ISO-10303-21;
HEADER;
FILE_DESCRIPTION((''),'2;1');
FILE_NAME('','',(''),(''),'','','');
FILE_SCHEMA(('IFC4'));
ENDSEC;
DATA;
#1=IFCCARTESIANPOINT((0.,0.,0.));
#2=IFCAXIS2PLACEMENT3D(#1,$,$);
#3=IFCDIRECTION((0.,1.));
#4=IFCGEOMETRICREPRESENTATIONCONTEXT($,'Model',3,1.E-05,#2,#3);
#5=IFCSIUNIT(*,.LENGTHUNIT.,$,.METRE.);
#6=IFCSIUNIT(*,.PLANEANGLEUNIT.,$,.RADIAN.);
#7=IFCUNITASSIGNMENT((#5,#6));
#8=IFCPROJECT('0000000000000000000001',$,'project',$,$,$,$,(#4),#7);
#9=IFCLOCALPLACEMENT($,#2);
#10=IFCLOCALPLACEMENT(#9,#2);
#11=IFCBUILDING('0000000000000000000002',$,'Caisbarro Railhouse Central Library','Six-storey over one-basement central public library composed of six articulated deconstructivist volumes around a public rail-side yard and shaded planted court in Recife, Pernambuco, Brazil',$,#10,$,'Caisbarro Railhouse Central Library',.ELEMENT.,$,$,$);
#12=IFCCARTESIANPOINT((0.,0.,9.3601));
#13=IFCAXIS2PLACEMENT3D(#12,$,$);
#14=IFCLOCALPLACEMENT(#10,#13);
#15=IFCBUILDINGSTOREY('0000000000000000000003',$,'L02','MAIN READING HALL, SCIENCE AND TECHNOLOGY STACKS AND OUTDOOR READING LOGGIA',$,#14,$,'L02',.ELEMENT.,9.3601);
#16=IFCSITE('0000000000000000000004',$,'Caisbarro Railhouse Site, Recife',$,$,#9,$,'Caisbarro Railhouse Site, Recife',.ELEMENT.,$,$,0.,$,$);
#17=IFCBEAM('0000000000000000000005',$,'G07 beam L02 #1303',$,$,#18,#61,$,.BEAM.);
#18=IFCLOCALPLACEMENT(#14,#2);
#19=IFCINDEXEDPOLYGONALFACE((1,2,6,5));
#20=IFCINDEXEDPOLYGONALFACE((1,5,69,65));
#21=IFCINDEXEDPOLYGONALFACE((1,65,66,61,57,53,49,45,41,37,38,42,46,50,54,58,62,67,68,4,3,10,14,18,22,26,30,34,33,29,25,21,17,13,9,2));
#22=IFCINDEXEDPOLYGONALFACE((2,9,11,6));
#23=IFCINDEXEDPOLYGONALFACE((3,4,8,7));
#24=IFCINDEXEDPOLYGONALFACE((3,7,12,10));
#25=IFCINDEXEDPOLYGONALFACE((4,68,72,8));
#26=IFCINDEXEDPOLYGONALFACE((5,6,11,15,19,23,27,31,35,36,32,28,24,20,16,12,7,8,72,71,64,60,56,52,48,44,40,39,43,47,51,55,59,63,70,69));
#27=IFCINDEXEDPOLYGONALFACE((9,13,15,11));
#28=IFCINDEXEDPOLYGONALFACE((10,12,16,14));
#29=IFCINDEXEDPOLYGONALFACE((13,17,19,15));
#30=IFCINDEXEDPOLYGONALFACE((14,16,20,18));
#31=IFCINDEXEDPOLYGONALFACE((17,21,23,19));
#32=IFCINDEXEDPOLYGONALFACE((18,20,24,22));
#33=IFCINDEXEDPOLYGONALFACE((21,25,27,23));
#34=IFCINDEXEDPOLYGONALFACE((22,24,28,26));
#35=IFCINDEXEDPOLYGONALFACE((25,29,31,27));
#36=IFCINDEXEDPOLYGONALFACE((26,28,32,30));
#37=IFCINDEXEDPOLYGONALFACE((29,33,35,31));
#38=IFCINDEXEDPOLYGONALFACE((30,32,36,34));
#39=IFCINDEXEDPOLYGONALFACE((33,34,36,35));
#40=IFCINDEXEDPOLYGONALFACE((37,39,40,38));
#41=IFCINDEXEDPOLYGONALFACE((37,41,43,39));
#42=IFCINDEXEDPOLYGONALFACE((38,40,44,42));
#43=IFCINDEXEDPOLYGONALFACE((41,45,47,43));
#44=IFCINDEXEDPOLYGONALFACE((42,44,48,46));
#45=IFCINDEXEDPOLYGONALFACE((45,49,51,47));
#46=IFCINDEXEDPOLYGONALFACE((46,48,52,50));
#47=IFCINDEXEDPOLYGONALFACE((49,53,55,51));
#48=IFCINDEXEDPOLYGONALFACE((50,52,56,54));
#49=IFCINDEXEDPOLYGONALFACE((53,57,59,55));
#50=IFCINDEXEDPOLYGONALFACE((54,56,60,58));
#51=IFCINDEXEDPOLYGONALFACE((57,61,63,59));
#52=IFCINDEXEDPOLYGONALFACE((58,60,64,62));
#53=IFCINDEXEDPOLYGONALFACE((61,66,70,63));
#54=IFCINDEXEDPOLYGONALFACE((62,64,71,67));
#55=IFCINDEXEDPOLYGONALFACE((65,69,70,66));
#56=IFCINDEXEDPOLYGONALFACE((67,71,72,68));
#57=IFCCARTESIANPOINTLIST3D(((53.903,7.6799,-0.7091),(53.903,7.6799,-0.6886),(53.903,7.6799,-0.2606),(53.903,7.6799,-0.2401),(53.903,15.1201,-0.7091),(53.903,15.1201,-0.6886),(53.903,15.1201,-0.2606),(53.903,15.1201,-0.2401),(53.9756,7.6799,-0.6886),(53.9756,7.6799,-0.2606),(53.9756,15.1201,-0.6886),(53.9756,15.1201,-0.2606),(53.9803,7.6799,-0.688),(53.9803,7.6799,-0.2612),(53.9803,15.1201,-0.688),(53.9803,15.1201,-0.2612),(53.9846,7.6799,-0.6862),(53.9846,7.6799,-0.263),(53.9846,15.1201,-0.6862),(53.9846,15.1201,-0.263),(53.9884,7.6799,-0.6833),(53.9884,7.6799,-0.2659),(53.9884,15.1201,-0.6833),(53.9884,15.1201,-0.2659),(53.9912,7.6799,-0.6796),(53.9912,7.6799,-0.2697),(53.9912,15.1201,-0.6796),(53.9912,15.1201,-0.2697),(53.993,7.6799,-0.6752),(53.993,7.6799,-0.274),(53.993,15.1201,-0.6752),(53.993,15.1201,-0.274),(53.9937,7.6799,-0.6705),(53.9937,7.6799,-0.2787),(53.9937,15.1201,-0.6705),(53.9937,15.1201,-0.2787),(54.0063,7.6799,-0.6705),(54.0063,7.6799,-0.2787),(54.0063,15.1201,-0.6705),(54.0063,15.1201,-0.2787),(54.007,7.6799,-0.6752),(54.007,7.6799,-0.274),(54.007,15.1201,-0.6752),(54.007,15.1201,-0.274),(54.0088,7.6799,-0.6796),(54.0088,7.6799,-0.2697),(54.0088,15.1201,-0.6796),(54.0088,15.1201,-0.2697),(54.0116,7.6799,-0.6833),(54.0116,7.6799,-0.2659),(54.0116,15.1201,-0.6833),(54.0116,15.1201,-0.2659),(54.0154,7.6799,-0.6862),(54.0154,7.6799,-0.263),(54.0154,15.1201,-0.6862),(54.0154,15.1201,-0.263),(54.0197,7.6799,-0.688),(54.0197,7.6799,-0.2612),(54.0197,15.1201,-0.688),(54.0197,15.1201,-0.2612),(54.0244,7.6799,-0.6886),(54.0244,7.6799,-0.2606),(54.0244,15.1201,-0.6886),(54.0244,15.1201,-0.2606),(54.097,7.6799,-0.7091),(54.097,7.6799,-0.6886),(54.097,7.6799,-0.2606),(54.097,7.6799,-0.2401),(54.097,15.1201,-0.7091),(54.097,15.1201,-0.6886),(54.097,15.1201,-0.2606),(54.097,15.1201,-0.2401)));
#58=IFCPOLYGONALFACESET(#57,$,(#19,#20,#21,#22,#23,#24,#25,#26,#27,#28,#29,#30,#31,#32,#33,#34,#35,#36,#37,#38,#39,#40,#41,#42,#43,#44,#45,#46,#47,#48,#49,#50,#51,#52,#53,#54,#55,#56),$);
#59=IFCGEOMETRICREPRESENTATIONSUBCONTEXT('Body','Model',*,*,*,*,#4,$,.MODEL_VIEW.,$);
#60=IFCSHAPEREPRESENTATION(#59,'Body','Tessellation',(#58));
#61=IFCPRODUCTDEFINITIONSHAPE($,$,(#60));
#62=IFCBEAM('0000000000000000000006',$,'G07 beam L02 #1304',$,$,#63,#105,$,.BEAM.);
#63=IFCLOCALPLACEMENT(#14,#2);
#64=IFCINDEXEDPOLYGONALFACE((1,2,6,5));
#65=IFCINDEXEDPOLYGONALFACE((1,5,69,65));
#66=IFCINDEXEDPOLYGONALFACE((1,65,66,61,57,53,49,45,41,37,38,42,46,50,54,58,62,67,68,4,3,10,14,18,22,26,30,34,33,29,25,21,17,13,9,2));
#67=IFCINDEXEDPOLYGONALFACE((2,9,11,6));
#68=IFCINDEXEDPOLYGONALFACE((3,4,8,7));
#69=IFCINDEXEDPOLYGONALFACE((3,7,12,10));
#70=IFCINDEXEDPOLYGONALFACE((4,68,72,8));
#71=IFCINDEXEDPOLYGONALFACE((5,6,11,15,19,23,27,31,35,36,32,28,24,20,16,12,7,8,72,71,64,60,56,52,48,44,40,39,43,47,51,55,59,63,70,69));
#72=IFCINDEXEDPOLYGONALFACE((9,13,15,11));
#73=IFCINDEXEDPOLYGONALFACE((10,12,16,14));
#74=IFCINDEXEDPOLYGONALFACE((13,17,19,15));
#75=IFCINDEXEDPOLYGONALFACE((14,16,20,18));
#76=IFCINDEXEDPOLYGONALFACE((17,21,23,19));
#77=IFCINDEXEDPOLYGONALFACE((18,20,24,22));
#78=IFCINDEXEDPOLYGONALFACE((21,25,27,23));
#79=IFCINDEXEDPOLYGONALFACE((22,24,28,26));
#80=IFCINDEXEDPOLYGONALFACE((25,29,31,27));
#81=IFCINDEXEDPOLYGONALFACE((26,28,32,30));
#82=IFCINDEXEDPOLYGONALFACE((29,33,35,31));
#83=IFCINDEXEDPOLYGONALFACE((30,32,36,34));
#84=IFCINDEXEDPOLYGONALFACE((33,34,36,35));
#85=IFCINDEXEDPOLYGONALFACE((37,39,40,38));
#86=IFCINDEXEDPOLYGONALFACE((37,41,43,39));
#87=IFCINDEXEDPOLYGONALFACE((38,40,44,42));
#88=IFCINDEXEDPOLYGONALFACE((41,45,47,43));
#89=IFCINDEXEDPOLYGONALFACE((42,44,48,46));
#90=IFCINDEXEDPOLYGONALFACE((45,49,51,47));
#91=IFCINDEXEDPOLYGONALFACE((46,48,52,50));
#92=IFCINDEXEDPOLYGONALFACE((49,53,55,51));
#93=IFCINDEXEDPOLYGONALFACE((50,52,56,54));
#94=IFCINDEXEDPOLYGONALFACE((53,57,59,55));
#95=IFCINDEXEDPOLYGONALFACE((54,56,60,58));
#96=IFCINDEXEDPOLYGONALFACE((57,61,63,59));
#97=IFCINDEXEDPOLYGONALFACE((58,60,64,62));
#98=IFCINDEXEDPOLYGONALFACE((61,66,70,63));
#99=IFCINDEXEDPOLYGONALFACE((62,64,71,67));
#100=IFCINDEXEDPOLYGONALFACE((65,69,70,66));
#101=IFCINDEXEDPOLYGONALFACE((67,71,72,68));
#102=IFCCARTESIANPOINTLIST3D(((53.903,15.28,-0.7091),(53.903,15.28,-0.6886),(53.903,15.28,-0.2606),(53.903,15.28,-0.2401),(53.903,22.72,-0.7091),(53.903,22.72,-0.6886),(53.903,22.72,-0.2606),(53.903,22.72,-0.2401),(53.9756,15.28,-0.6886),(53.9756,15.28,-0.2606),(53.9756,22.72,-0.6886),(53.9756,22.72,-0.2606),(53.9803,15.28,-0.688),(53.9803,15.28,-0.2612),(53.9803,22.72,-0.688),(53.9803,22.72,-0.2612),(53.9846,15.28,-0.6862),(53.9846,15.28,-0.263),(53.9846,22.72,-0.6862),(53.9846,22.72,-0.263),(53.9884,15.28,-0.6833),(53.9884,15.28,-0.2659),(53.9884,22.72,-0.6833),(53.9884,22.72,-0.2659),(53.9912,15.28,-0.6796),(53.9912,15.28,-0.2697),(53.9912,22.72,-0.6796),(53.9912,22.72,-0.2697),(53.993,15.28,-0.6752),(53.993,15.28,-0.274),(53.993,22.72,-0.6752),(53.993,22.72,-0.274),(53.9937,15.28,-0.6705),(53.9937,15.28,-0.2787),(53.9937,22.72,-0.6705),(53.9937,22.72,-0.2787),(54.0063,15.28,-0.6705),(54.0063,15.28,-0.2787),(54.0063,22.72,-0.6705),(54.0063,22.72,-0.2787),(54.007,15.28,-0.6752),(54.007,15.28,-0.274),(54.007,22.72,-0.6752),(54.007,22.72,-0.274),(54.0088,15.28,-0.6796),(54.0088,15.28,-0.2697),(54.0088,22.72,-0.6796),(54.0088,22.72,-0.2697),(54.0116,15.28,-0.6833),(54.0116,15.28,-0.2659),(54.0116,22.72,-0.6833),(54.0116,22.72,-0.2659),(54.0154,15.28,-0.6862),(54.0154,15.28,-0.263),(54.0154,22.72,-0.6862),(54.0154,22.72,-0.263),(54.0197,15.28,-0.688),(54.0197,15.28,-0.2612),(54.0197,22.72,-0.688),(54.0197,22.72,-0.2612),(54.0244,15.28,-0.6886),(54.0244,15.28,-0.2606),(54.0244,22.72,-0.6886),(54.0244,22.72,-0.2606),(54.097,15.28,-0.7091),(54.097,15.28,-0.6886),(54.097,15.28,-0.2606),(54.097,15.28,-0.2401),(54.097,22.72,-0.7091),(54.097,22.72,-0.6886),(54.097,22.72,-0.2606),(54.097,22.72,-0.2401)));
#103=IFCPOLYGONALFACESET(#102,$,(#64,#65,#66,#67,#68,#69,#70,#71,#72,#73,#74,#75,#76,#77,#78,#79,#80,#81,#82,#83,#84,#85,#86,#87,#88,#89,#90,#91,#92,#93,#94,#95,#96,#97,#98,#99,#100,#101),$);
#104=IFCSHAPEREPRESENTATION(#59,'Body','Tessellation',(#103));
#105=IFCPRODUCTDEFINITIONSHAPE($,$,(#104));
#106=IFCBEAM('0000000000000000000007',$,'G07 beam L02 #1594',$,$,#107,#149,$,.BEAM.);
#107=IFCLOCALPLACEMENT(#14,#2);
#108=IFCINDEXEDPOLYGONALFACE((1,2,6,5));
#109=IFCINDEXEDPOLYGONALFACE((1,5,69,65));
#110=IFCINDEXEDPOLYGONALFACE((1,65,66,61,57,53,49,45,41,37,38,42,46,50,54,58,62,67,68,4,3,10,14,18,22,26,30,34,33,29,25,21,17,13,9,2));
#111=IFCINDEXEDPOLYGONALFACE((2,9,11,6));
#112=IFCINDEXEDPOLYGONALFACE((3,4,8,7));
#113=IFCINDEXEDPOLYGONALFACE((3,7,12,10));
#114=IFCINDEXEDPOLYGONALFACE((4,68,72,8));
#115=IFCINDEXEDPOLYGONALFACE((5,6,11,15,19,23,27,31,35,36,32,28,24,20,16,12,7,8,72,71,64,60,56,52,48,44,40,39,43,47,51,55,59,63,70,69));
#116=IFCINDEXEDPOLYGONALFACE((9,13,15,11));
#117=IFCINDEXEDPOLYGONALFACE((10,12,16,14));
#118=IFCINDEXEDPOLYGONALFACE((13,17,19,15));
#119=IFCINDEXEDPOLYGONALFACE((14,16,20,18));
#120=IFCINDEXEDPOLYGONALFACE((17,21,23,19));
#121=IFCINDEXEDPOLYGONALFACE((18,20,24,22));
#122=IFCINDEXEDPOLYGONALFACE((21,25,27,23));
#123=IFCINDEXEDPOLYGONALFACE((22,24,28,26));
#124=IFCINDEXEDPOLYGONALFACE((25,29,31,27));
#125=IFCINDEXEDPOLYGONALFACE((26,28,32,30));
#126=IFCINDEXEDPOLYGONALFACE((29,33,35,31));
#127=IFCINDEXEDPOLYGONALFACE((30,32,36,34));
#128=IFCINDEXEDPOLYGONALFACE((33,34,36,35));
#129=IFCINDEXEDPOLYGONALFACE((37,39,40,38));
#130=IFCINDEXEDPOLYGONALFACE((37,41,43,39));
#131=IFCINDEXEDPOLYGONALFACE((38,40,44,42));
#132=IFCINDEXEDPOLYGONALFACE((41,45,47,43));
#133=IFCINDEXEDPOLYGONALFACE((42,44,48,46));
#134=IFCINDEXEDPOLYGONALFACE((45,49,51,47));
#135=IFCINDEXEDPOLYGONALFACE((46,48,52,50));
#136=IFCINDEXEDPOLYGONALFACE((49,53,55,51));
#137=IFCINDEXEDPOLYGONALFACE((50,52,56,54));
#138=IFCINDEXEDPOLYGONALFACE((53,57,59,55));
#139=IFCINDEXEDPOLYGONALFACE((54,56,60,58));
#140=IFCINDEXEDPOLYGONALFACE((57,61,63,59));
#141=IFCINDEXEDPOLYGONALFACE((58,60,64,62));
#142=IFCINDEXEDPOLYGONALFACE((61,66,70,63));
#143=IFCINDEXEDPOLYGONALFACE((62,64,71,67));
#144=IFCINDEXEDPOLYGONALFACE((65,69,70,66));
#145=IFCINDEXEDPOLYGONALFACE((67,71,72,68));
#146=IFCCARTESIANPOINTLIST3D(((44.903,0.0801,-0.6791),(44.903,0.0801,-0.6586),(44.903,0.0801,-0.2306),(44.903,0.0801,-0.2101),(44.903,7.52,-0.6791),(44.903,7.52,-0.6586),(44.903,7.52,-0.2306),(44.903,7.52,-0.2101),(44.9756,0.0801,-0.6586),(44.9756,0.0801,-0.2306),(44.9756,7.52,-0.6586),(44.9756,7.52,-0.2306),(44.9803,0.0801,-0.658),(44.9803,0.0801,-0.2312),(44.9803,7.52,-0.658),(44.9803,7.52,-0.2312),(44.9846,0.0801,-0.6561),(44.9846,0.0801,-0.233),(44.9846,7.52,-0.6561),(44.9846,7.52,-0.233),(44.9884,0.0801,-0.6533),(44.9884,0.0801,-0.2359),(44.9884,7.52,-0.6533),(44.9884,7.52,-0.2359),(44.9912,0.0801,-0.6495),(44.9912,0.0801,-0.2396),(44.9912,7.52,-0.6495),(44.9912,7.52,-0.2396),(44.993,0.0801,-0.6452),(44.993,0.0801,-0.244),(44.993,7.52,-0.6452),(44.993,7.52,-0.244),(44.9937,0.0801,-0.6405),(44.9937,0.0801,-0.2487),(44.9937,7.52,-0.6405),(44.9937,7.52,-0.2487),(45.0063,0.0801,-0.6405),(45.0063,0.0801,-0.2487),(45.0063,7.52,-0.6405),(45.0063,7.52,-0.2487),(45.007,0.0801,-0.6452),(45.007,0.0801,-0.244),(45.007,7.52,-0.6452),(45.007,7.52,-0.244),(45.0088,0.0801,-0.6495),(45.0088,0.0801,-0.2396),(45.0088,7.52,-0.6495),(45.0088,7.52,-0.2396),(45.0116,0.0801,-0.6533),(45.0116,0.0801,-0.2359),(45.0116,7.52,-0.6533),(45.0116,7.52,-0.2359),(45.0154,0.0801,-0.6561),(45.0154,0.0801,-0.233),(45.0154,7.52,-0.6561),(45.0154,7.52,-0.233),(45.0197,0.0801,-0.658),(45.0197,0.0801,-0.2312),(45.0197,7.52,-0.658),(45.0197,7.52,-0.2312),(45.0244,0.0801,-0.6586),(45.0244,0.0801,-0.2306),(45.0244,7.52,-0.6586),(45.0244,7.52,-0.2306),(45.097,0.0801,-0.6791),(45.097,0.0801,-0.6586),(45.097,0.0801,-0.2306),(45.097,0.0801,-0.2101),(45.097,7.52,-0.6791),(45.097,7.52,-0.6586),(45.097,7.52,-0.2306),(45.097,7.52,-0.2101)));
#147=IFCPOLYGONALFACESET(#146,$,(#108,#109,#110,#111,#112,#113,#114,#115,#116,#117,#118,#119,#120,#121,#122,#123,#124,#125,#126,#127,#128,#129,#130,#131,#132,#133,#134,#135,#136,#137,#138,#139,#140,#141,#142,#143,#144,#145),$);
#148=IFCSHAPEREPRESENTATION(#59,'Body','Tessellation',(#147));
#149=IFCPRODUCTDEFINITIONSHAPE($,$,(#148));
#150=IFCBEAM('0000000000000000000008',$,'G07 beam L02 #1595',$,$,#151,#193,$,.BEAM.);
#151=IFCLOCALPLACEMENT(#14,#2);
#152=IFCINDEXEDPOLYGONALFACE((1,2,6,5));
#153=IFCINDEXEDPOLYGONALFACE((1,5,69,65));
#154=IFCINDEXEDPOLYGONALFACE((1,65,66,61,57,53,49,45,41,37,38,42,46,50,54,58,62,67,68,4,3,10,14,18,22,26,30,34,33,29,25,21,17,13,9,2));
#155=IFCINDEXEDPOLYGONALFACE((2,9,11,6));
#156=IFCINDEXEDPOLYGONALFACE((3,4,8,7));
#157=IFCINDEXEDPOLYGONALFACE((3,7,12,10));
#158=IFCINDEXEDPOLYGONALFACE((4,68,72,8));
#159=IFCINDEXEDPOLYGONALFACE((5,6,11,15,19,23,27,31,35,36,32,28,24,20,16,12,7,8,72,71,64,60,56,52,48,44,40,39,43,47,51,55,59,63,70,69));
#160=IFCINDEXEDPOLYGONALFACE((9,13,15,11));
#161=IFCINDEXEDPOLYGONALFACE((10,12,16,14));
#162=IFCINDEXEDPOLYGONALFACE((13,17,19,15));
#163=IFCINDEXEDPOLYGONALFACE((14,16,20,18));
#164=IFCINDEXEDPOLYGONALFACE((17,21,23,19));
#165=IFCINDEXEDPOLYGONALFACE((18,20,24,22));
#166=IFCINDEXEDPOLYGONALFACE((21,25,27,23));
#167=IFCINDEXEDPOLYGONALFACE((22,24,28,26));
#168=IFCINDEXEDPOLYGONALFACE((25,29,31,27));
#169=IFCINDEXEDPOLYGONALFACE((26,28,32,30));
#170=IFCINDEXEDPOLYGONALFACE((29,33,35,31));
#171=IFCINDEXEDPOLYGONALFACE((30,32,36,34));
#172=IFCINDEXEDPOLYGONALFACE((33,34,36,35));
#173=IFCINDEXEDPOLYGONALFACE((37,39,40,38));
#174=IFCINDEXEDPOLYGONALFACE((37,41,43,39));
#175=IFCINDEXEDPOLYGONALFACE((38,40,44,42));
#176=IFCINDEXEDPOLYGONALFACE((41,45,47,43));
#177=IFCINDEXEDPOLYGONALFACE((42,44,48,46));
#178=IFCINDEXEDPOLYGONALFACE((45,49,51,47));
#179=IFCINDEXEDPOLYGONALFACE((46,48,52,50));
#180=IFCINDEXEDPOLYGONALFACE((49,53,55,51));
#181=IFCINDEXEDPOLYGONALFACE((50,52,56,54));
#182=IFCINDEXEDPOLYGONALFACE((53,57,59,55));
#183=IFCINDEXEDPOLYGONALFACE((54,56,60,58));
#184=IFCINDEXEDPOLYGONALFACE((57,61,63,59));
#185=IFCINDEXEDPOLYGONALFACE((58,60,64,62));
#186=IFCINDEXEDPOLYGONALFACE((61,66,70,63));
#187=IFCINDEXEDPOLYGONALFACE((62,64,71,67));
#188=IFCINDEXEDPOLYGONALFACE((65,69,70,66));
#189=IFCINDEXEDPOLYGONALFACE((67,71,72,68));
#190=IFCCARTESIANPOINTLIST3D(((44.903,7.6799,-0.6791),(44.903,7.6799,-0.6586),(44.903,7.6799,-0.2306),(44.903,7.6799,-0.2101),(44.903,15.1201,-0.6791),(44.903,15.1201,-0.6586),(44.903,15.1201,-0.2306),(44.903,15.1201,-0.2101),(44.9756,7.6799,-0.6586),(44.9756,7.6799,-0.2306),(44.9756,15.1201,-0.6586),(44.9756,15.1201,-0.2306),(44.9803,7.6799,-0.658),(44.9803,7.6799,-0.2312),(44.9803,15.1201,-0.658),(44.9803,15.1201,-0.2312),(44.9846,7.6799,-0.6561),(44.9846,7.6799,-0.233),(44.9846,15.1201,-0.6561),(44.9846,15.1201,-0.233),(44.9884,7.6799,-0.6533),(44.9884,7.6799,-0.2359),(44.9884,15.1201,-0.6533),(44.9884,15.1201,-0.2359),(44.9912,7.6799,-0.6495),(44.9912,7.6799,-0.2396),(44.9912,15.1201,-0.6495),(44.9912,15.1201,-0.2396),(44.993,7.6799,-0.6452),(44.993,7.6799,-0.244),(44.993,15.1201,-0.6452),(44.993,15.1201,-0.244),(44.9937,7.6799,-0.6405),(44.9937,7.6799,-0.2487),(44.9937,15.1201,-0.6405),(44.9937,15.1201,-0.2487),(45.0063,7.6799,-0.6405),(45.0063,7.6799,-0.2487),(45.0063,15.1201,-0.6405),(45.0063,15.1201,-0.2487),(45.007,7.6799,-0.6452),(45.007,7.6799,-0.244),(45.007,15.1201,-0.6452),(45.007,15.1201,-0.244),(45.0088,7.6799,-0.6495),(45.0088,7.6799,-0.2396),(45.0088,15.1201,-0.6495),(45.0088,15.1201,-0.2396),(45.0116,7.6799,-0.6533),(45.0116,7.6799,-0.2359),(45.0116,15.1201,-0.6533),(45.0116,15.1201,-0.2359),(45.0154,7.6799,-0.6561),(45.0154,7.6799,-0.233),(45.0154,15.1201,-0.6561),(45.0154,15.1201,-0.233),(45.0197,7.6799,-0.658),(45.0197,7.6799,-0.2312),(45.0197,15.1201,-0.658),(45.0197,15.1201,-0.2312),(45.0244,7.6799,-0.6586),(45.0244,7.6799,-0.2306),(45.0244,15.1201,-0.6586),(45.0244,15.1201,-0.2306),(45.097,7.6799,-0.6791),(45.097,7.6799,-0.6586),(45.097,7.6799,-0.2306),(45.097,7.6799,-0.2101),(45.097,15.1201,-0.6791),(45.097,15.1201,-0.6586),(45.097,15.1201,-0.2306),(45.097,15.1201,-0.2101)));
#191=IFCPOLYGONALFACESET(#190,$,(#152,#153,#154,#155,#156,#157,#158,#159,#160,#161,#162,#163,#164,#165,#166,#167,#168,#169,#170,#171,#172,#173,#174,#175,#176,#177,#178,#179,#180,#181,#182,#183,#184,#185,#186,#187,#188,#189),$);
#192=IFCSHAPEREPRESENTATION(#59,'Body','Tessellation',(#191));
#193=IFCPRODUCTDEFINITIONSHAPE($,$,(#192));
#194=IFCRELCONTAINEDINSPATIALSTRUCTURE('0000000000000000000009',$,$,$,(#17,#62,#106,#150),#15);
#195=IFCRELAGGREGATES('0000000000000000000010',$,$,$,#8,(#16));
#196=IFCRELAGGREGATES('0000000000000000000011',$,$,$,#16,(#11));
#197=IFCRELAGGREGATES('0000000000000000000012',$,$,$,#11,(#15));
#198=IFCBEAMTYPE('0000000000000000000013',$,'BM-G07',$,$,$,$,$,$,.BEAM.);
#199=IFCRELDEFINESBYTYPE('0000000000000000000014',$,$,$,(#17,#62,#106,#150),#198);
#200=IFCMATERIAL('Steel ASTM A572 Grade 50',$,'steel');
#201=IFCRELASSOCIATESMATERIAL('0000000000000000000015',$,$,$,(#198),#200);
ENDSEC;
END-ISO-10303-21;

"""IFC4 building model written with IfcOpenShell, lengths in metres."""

from ifc_helpers import new_model, si_unit, direction, frame, origin, origin_2d, place, context, subcontext, project, spatial, i_section, extrude, material, material_profile, profile_set, type_object, element, save


model = new_model("IFC4")

# Units and contexts
model_context = context("Model", 3, precision=1e-05, world=origin(), true_north=direction((0.0, 1.0)))
body_context = subcontext(model_context, "Body", "Model", "MODEL_VIEW")
ifc_project = project(units=[si_unit("LENGTHUNIT", "METRE"), si_unit("PLANEANGLEUNIT", "RADIAN")], contexts=[model_context])

# Site, building, storey
site_placement = place(None, origin())
site = spatial("IfcSite", under=ifc_project, at=site_placement, Name="Caisbarro Railhouse Site, Recife", LongName="Caisbarro Railhouse Site, Recife", CompositionType="ELEMENT", RefElevation=0.0)
building_placement = place(site_placement, origin())
building = spatial("IfcBuilding", under=site, at=building_placement, Name="Caisbarro Railhouse Central Library", Description="Six-storey over one-basement central public library composed of six articulated deconstructivist volumes around a public rail-side yard and shaded planted court in Recife, Pernambuco, Brazil", LongName="Caisbarro Railhouse Central Library", CompositionType="ELEMENT")
storey_placement = place(building_placement, frame((0.0, 0.0, 9.3601)))
storey = spatial("IfcBuildingStorey", under=building, at=storey_placement, Name="L02", Description="MAIN READING HALL, SCIENCE AND TECHNOLOGY STACKS AND OUTDOOR READING LOGGIA", LongName="L02", CompositionType="ELEMENT", Elevation=9.3601)

# Shared definitions
ifc_material_1 = material(Name="Steel ASTM A572 Grade 50", Category="steel")

# Beams
ifc_material_profile_1 = material_profile(ifc_material_1, i_section(OverallWidth=0.1941, OverallDepth=0.469, WebThickness=0.0127, FlangeThickness=0.0205, FilletRadius=0.0181, at=origin_2d()), Name="W460X106.0")
ifc_profile_set_1 = profile_set([ifc_material_profile_1], Name="Steel ASTM A572 Grade 50")
beam_type_1 = type_object("IfcBeamType", Name="BM-G07", PredefinedType="BEAM", material=ifc_profile_set_1)
beam_1_placement = place(storey_placement, frame((54.0, 7.6799, -0.4746), z_axis=(0.0, 1.0, 0.0), x_axis=(-1.0, 0.0, 0.0)))
element("IfcBeam", 1, at=beam_1_placement, inside=storey, type_object=beam_type_1, Name="G07 beam L02 #1303", PredefinedType="BEAM", context=body_context, shape_type="SweptSolid", body=[
    extrude(i_section(OverallWidth=0.1941, OverallDepth=0.469, WebThickness=0.0127, FlangeThickness=0.0205, FilletRadius=0.0181, at=origin_2d()), origin(), (0.0, 0.0, 1.0), 7.4402),
])
for number, where, z_axis, x_axis, name in (
    (2, (54.0, 15.28, -0.4746), (0.0, 1.0, 0.0), (-1.0, 0.0, 0.0), "G07 beam L02 #1304"),
    (3, (45.0, 0.0801, -0.4446), (0.0, 1.0, 0.0), (-1.0, 0.0, 0.0), "G07 beam L02 #1594"),
):
    element("IfcBeam", number, at=place(storey_placement, frame(where, z_axis=z_axis, x_axis=x_axis)), inside=storey, type_object=beam_type_1, Name=name, PredefinedType="BEAM", context=body_context, shape_type="SweptSolid", body=[
        extrude(i_section(OverallWidth=0.1941, OverallDepth=0.469, WebThickness=0.0127, FlangeThickness=0.0205, FilletRadius=0.0181, at=origin_2d()), origin(), (0.0, 0.0, 1.0), 7.4399),
    ])
beam_2_placement = place(storey_placement, frame((45.0, 7.6799, -0.4446), z_axis=(0.0, 1.0, 0.0), x_axis=(-1.0, 0.0, 0.0)))
element("IfcBeam", 4, at=beam_2_placement, inside=storey, type_object=beam_type_1, Name="G07 beam L02 #1595", PredefinedType="BEAM", context=body_context, shape_type="SweptSolid", body=[
    extrude(i_section(OverallWidth=0.1941, OverallDepth=0.469, WebThickness=0.0127, FlangeThickness=0.0205, FilletRadius=0.0181, at=origin_2d()), origin(), (0.0, 0.0, 1.0), 7.4402),
])

save(model, "model.ifc")
